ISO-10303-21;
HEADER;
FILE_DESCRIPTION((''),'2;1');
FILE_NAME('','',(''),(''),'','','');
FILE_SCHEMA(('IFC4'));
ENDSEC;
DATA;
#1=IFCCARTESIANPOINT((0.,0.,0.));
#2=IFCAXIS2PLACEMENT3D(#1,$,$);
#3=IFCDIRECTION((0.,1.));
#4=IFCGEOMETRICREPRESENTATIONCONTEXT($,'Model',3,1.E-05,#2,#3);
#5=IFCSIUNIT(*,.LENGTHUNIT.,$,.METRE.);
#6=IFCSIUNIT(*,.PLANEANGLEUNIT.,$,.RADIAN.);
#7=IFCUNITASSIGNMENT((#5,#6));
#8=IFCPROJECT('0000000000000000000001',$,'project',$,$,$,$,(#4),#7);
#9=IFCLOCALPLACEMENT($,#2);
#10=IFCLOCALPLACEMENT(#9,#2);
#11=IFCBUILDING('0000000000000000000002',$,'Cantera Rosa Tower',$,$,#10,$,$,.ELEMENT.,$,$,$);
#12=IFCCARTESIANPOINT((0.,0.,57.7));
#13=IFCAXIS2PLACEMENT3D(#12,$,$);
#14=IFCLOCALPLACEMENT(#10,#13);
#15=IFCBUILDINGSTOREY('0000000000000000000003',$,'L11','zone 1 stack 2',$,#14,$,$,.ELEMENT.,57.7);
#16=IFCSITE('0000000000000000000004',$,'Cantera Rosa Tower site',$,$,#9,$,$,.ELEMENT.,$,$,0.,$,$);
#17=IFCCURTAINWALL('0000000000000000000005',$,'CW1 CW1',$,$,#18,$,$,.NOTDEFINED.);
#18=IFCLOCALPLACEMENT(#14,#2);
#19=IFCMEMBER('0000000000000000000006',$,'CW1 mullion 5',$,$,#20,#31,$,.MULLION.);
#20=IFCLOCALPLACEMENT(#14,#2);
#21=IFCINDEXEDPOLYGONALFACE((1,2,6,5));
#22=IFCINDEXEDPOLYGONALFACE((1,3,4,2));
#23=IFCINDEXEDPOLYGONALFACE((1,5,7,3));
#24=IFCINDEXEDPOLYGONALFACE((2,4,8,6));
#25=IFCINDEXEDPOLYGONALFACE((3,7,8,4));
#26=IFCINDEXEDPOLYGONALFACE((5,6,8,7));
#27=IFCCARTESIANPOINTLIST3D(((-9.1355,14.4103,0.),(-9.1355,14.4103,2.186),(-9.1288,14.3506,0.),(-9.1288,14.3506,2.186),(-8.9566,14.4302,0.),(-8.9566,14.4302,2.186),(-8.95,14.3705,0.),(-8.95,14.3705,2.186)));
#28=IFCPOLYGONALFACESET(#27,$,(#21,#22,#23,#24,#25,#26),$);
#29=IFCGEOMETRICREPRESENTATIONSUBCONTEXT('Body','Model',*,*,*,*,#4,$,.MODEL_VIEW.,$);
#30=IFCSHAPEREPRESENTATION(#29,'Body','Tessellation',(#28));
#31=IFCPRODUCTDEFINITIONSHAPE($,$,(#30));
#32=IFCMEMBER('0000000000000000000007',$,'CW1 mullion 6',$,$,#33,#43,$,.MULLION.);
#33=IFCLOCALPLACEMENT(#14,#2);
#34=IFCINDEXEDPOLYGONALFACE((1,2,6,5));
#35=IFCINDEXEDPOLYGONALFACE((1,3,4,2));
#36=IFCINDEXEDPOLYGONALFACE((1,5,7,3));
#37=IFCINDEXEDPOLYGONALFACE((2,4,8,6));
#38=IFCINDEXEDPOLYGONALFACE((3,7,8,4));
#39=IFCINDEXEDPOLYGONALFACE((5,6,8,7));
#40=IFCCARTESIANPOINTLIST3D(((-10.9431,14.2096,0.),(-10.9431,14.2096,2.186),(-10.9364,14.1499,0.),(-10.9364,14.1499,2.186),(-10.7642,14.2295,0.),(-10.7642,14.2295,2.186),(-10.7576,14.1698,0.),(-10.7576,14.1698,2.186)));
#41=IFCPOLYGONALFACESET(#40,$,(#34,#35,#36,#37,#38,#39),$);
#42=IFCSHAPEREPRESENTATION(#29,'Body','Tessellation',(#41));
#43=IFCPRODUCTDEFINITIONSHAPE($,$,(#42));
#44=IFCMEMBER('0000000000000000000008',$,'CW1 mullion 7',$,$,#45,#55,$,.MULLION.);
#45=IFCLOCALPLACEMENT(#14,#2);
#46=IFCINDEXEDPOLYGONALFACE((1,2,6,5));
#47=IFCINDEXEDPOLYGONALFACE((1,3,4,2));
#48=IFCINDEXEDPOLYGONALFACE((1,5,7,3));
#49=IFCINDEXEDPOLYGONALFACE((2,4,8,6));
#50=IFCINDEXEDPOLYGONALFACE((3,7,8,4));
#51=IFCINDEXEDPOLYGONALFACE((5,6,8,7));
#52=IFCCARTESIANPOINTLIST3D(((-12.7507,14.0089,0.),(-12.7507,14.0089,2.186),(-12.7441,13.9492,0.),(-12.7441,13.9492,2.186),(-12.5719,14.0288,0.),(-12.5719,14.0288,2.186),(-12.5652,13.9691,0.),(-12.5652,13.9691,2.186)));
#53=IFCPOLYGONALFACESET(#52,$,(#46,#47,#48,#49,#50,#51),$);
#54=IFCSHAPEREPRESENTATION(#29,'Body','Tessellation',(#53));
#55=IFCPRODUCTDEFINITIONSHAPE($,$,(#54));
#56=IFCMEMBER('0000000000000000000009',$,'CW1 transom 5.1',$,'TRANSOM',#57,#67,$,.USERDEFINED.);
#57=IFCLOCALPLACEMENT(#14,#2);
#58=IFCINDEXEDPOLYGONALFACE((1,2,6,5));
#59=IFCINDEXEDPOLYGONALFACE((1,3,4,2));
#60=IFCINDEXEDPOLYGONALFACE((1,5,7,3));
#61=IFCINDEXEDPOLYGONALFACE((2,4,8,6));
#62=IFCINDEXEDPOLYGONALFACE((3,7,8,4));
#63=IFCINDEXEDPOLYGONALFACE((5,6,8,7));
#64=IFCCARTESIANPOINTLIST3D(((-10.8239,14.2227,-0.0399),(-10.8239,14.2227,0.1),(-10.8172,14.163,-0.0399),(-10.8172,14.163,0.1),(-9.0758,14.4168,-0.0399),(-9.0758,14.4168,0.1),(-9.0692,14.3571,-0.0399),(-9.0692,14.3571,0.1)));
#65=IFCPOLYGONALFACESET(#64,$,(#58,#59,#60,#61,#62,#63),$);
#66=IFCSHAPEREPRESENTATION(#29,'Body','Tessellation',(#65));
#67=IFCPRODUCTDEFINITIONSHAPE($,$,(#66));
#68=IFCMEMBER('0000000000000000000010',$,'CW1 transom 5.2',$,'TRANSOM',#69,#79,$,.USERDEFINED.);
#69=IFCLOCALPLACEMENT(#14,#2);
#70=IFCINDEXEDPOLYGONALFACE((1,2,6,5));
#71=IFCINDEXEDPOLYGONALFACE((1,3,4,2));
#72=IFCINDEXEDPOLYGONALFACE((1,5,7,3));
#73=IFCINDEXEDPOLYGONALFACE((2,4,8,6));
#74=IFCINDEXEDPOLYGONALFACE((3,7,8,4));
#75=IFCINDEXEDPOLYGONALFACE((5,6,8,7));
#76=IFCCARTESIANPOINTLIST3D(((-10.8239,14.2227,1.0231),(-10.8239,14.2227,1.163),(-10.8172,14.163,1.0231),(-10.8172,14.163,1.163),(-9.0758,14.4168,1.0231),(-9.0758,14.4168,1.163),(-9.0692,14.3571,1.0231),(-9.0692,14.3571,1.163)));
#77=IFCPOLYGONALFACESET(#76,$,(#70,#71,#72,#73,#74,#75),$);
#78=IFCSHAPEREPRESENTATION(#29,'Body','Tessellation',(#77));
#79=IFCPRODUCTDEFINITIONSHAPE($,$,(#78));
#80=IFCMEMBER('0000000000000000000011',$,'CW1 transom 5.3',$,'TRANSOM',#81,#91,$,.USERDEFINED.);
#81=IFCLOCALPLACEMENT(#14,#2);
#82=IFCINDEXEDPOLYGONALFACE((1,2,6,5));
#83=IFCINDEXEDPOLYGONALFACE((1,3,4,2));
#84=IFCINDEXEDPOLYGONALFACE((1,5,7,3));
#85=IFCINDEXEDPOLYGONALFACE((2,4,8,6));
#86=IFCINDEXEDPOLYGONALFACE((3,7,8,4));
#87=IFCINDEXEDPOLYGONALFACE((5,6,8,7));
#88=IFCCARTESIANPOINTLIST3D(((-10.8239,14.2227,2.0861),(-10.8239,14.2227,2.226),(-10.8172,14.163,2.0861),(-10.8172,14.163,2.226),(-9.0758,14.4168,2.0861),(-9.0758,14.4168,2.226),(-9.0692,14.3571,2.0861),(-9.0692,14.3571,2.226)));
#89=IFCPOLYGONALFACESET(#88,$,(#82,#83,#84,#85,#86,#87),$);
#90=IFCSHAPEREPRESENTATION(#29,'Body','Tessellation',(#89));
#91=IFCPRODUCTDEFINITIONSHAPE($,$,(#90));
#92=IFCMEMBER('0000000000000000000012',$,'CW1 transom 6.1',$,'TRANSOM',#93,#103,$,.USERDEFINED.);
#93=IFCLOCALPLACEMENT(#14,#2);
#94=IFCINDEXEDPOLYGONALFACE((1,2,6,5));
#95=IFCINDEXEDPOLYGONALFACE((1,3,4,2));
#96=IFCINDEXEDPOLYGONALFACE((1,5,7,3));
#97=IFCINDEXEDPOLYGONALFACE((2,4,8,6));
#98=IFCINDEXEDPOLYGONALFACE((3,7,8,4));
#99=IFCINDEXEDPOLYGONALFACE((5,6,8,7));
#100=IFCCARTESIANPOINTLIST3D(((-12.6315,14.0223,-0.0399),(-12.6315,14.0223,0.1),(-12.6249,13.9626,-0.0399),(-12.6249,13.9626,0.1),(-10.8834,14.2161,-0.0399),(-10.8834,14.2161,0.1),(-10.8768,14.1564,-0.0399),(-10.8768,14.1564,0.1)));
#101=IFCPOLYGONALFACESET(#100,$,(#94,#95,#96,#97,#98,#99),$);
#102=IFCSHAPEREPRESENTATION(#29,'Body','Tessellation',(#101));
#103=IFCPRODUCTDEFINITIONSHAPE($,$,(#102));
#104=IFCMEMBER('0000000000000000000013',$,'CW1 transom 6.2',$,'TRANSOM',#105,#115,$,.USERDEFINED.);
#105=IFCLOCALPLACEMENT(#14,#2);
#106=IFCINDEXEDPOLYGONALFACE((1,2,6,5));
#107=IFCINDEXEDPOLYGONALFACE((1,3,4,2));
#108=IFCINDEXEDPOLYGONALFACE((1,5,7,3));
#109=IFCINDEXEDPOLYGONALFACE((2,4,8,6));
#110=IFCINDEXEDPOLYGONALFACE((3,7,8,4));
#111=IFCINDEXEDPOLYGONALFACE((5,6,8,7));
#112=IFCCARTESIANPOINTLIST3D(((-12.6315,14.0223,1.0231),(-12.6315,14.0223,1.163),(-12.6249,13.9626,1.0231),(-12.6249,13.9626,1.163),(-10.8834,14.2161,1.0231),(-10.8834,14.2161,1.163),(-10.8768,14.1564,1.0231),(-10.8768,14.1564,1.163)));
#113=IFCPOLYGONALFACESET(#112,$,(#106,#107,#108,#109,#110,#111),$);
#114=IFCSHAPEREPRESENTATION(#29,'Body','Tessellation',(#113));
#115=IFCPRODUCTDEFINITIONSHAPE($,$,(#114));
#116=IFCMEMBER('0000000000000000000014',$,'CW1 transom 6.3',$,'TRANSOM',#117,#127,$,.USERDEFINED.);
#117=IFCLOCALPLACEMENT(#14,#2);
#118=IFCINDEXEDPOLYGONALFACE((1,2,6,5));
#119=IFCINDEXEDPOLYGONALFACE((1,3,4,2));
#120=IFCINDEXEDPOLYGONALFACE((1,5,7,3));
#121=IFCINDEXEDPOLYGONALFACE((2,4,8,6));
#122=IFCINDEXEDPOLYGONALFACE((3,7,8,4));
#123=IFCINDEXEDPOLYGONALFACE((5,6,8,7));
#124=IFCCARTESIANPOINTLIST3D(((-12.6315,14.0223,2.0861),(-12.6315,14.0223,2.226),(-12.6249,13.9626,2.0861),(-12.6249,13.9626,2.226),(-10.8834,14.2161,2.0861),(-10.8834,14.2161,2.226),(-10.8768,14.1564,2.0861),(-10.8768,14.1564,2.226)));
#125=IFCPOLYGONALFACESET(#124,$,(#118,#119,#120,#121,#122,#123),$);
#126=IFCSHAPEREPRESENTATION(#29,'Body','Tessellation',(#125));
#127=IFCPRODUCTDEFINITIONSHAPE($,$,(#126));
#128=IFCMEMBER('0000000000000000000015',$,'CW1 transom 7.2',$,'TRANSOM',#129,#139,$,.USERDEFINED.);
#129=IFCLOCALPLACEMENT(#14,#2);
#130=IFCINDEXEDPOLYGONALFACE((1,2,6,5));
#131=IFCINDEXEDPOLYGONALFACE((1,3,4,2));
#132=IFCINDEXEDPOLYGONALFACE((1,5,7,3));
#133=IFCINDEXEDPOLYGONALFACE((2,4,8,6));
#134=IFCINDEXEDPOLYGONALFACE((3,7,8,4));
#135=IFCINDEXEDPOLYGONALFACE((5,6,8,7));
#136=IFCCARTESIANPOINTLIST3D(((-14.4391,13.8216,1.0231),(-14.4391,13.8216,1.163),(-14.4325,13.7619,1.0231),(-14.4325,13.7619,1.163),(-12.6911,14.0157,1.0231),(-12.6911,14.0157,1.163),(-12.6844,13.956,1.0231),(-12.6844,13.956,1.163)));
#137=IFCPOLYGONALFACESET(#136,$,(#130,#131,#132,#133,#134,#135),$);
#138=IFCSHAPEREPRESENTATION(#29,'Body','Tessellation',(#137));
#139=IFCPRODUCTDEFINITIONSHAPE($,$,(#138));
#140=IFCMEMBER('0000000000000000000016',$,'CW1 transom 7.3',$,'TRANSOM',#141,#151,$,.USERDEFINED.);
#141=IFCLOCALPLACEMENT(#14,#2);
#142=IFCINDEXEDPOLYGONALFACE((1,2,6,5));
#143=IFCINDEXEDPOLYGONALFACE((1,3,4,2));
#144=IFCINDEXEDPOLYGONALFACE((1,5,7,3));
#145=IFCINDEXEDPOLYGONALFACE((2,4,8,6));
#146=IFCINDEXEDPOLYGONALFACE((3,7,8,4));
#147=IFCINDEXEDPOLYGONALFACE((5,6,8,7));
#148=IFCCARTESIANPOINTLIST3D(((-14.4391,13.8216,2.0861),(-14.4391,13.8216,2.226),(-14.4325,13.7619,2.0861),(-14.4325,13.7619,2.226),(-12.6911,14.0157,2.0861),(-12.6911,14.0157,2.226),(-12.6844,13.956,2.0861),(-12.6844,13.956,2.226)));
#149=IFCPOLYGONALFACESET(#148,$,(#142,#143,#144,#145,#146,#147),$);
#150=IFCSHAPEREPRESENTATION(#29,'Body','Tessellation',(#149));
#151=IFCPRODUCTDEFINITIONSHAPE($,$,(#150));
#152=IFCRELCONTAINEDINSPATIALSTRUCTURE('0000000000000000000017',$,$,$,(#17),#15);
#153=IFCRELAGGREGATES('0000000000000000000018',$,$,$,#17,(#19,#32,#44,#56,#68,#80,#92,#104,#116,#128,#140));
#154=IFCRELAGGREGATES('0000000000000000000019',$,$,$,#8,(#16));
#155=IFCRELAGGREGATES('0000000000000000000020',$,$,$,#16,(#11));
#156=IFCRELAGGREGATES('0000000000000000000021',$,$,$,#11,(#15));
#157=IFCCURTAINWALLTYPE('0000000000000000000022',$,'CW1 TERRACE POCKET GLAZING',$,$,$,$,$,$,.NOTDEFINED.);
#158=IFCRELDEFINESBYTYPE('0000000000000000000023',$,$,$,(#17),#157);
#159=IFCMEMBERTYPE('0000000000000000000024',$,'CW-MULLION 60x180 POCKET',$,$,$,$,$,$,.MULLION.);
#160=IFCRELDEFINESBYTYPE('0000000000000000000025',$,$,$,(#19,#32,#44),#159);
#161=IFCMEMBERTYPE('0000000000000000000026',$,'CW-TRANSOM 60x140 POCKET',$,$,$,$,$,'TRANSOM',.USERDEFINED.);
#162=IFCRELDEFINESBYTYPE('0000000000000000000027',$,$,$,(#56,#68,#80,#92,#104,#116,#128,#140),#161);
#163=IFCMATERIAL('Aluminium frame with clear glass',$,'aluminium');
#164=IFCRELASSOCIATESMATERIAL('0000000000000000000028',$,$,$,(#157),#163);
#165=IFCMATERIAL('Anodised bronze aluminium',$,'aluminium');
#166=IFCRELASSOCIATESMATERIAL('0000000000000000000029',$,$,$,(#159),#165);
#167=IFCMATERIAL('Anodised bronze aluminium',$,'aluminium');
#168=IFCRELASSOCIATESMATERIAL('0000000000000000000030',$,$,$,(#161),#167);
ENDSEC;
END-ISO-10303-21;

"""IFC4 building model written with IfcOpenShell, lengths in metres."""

from ifc_helpers import new_model, si_unit, direction, frame, origin, origin_2d, place, context, subcontext, project, spatial, rectangle, extrude, material, material_profile, profile_set, type_object, element, aggregate, save


model = new_model("IFC4")

# Units and contexts
model_context = context("Model", 3, precision=1e-05, world=origin(), true_north=direction((0.0, 1.0)))
body_context = subcontext(model_context, "Body", "Model", "MODEL_VIEW")
ifc_project = project(units=[si_unit("LENGTHUNIT", "METRE"), si_unit("PLANEANGLEUNIT", "RADIAN")], contexts=[model_context])

# Site, building, storey
site_placement = place(None, origin())
site = spatial("IfcSite", under=ifc_project, at=site_placement, Name="Cantera Rosa Tower site", CompositionType="ELEMENT", RefElevation=0.0)
building_placement = place(site_placement, origin())
building = spatial("IfcBuilding", under=site, at=building_placement, Name="Cantera Rosa Tower", CompositionType="ELEMENT")
storey_placement = place(building_placement, frame((0.0, 0.0, 57.7)))
storey = spatial("IfcBuildingStorey", under=building, at=storey_placement, Name="L11", Description="zone 1 stack 2", CompositionType="ELEMENT", Elevation=57.7)

# Curtain wall, members
ifc_material_1 = material(Name="Aluminium frame with clear glass", Category="aluminium")
curtain_wall_type = type_object("IfcCurtainWallType", Name="CW1 TERRACE POCKET GLAZING", PredefinedType="NOTDEFINED", material=ifc_material_1)
curtain_wall_placement = place(storey_placement, origin())
curtain_wall = element("IfcCurtainWall", 1, at=curtain_wall_placement, inside=storey, type_object=curtain_wall_type, Name="CW1 CW1", PredefinedType="NOTDEFINED")
ifc_material_2 = material(Name="Anodised bronze aluminium", Category="aluminium")
ifc_material_profile_1 = material_profile(ifc_material_2, rectangle(XDim=0.0601, YDim=0.1799, at=origin_2d()), Name="CW-MULLION 60x180 POCKET")
ifc_profile_set_1 = profile_set([ifc_material_profile_1], Name="Anodised bronze aluminium")
member_type_1 = type_object("IfcMemberType", Name="CW-MULLION 60x180 POCKET", PredefinedType="MULLION", material=ifc_profile_set_1)
member_1_placement = place(storey_placement, frame((-9.0427, 14.3904, 0.0), z_axis=(0.0, 0.0, 1.0), x_axis=(0.110313, -0.993897, 0.0)))
member_1 = element("IfcMember", 2, at=member_1_placement, type_object=member_type_1, Name="CW1 mullion 5", PredefinedType="MULLION", context=body_context, shape_type="SweptSolid", body=[
    extrude(rectangle(XDim=0.0601, YDim=0.1799, at=origin_2d()), origin(), (0.0, 0.0, 1.0), 2.186),
])
member_2_placement = place(storey_placement, frame((-10.8503, 14.1897, 0.0), z_axis=(0.0, 0.0, 1.0), x_axis=(0.110313, -0.993897, 0.0)))
member_2 = element("IfcMember", 3, at=member_2_placement, type_object=member_type_1, Name="CW1 mullion 6", PredefinedType="MULLION", context=body_context, shape_type="SweptSolid", body=[
    extrude(rectangle(XDim=0.0601, YDim=0.1799, at=origin_2d()), origin(), (0.0, 0.0, 1.0), 2.186),
])
member_3_placement = place(storey_placement, frame((-12.658, 13.989, 0.0), z_axis=(0.0, 0.0, 1.0), x_axis=(0.110313, -0.993897, 0.0)))
member_3 = element("IfcMember", 4, at=member_3_placement, type_object=member_type_1, Name="CW1 mullion 7", PredefinedType="MULLION", context=body_context, shape_type="SweptSolid", body=[
    extrude(rectangle(XDim=0.0601, YDim=0.1799, at=origin_2d()), origin(), (0.0, 0.0, 1.0), 2.186),
])
ifc_material_3 = material(Name="Anodised bronze aluminium", Category="aluminium")
ifc_material_profile_2 = material_profile(ifc_material_3, rectangle(XDim=0.0601, YDim=0.1399, at=origin_2d()), Name="CW-TRANSOM 60x140 POCKET")
ifc_profile_set_2 = profile_set([ifc_material_profile_2], Name="Anodised bronze aluminium")
member_type_2 = type_object("IfcMemberType", Name="CW-TRANSOM 60x140 POCKET", ElementType="TRANSOM", PredefinedType="USERDEFINED", material=ifc_profile_set_2)
member_4_placement = place(storey_placement, frame((-9.0725, 14.387, 0.03), z_axis=(-0.993892, -0.110355, 0.0), x_axis=(0.110355, -0.993892, 0.0)))
member_4 = element("IfcMember", 5, at=member_4_placement, type_object=member_type_2, Name="CW1 transom 5.1", ObjectType="TRANSOM", PredefinedType="USERDEFINED", context=body_context, shape_type="SweptSolid", body=[
    extrude(rectangle(XDim=0.0601, YDim=0.1399, at=origin_2d()), origin(), (0.0, 0.0, 1.0), 1.7588),
])
member_5_placement = place(storey_placement, frame((-9.0725, 14.387, 1.093), z_axis=(-0.993892, -0.110355, 0.0), x_axis=(0.110355, -0.993892, 0.0)))
member_5 = element("IfcMember", 6, at=member_5_placement, type_object=member_type_2, Name="CW1 transom 5.2", ObjectType="TRANSOM", PredefinedType="USERDEFINED", context=body_context, shape_type="SweptSolid", body=[
    extrude(rectangle(XDim=0.0601, YDim=0.1399, at=origin_2d()), origin(), (0.0, 0.0, 1.0), 1.7588),
])
member_6_placement = place(storey_placement, frame((-9.0725, 14.387, 2.156), z_axis=(-0.993892, -0.110355, 0.0), x_axis=(0.110355, -0.993892, 0.0)))
member_6 = element("IfcMember", 7, at=member_6_placement, type_object=member_type_2, Name="CW1 transom 5.3", ObjectType="TRANSOM", PredefinedType="USERDEFINED", context=body_context, shape_type="SweptSolid", body=[
    extrude(rectangle(XDim=0.0601, YDim=0.1399, at=origin_2d()), origin(), (0.0, 0.0, 1.0), 1.7588),
])
member_7_placement = place(storey_placement, frame((-10.8801, 14.1863, 0.03), z_axis=(-0.993907, -0.110218, 0.0), x_axis=(0.110218, -0.993907, 0.0)))
member_7 = element("IfcMember", 8, at=member_7_placement, type_object=member_type_2, Name="CW1 transom 6.1", ObjectType="TRANSOM", PredefinedType="USERDEFINED", context=body_context, shape_type="SweptSolid", body=[
    extrude(rectangle(XDim=0.0601, YDim=0.1399, at=origin_2d()), origin(), (0.0, 0.0, 1.0), 1.7588),
])
member_8_placement = place(storey_placement, frame((-10.8801, 14.1863, 1.093), z_axis=(-0.993907, -0.110218, 0.0), x_axis=(0.110218, -0.993907, 0.0)))
member_8 = element("IfcMember", 9, at=member_8_placement, type_object=member_type_2, Name="CW1 transom 6.2", ObjectType="TRANSOM", PredefinedType="USERDEFINED", context=body_context, shape_type="SweptSolid", body=[
    extrude(rectangle(XDim=0.0601, YDim=0.1399, at=origin_2d()), origin(), (0.0, 0.0, 1.0), 1.7588),
])
member_9_placement = place(storey_placement, frame((-10.8801, 14.1863, 2.156), z_axis=(-0.993907, -0.110218, 0.0), x_axis=(0.110218, -0.993907, 0.0)))
member_9 = element("IfcMember", 10, at=member_9_placement, type_object=member_type_2, Name="CW1 transom 6.3", ObjectType="TRANSOM", PredefinedType="USERDEFINED", context=body_context, shape_type="SweptSolid", body=[
    extrude(rectangle(XDim=0.0601, YDim=0.1399, at=origin_2d()), origin(), (0.0, 0.0, 1.0), 1.7588),
])
member_10_placement = place(storey_placement, frame((-12.6877, 13.9858, 1.093), z_axis=(-0.993892, -0.110355, 0.0), x_axis=(0.110355, -0.993892, 0.0)))
member_10 = element("IfcMember", 11, at=member_10_placement, type_object=member_type_2, Name="CW1 transom 7.2", ObjectType="TRANSOM", PredefinedType="USERDEFINED", context=body_context, shape_type="SweptSolid", body=[
    extrude(rectangle(XDim=0.0601, YDim=0.1399, at=origin_2d()), origin(), (0.0, 0.0, 1.0), 1.7588),
])
member_11_placement = place(storey_placement, frame((-12.6877, 13.9858, 2.156), z_axis=(-0.993892, -0.110355, 0.0), x_axis=(0.110355, -0.993892, 0.0)))
member_11 = element("IfcMember", 12, at=member_11_placement, type_object=member_type_2, Name="CW1 transom 7.3", ObjectType="TRANSOM", PredefinedType="USERDEFINED", context=body_context, shape_type="SweptSolid", body=[
    extrude(rectangle(XDim=0.0601, YDim=0.1399, at=origin_2d()), origin(), (0.0, 0.0, 1.0), 1.7588),
])

aggregate(curtain_wall, [member_1, member_2, member_3, member_4, member_5, member_6, member_7, member_8, member_9, member_10, member_11])

save(model, "model.ifc")
